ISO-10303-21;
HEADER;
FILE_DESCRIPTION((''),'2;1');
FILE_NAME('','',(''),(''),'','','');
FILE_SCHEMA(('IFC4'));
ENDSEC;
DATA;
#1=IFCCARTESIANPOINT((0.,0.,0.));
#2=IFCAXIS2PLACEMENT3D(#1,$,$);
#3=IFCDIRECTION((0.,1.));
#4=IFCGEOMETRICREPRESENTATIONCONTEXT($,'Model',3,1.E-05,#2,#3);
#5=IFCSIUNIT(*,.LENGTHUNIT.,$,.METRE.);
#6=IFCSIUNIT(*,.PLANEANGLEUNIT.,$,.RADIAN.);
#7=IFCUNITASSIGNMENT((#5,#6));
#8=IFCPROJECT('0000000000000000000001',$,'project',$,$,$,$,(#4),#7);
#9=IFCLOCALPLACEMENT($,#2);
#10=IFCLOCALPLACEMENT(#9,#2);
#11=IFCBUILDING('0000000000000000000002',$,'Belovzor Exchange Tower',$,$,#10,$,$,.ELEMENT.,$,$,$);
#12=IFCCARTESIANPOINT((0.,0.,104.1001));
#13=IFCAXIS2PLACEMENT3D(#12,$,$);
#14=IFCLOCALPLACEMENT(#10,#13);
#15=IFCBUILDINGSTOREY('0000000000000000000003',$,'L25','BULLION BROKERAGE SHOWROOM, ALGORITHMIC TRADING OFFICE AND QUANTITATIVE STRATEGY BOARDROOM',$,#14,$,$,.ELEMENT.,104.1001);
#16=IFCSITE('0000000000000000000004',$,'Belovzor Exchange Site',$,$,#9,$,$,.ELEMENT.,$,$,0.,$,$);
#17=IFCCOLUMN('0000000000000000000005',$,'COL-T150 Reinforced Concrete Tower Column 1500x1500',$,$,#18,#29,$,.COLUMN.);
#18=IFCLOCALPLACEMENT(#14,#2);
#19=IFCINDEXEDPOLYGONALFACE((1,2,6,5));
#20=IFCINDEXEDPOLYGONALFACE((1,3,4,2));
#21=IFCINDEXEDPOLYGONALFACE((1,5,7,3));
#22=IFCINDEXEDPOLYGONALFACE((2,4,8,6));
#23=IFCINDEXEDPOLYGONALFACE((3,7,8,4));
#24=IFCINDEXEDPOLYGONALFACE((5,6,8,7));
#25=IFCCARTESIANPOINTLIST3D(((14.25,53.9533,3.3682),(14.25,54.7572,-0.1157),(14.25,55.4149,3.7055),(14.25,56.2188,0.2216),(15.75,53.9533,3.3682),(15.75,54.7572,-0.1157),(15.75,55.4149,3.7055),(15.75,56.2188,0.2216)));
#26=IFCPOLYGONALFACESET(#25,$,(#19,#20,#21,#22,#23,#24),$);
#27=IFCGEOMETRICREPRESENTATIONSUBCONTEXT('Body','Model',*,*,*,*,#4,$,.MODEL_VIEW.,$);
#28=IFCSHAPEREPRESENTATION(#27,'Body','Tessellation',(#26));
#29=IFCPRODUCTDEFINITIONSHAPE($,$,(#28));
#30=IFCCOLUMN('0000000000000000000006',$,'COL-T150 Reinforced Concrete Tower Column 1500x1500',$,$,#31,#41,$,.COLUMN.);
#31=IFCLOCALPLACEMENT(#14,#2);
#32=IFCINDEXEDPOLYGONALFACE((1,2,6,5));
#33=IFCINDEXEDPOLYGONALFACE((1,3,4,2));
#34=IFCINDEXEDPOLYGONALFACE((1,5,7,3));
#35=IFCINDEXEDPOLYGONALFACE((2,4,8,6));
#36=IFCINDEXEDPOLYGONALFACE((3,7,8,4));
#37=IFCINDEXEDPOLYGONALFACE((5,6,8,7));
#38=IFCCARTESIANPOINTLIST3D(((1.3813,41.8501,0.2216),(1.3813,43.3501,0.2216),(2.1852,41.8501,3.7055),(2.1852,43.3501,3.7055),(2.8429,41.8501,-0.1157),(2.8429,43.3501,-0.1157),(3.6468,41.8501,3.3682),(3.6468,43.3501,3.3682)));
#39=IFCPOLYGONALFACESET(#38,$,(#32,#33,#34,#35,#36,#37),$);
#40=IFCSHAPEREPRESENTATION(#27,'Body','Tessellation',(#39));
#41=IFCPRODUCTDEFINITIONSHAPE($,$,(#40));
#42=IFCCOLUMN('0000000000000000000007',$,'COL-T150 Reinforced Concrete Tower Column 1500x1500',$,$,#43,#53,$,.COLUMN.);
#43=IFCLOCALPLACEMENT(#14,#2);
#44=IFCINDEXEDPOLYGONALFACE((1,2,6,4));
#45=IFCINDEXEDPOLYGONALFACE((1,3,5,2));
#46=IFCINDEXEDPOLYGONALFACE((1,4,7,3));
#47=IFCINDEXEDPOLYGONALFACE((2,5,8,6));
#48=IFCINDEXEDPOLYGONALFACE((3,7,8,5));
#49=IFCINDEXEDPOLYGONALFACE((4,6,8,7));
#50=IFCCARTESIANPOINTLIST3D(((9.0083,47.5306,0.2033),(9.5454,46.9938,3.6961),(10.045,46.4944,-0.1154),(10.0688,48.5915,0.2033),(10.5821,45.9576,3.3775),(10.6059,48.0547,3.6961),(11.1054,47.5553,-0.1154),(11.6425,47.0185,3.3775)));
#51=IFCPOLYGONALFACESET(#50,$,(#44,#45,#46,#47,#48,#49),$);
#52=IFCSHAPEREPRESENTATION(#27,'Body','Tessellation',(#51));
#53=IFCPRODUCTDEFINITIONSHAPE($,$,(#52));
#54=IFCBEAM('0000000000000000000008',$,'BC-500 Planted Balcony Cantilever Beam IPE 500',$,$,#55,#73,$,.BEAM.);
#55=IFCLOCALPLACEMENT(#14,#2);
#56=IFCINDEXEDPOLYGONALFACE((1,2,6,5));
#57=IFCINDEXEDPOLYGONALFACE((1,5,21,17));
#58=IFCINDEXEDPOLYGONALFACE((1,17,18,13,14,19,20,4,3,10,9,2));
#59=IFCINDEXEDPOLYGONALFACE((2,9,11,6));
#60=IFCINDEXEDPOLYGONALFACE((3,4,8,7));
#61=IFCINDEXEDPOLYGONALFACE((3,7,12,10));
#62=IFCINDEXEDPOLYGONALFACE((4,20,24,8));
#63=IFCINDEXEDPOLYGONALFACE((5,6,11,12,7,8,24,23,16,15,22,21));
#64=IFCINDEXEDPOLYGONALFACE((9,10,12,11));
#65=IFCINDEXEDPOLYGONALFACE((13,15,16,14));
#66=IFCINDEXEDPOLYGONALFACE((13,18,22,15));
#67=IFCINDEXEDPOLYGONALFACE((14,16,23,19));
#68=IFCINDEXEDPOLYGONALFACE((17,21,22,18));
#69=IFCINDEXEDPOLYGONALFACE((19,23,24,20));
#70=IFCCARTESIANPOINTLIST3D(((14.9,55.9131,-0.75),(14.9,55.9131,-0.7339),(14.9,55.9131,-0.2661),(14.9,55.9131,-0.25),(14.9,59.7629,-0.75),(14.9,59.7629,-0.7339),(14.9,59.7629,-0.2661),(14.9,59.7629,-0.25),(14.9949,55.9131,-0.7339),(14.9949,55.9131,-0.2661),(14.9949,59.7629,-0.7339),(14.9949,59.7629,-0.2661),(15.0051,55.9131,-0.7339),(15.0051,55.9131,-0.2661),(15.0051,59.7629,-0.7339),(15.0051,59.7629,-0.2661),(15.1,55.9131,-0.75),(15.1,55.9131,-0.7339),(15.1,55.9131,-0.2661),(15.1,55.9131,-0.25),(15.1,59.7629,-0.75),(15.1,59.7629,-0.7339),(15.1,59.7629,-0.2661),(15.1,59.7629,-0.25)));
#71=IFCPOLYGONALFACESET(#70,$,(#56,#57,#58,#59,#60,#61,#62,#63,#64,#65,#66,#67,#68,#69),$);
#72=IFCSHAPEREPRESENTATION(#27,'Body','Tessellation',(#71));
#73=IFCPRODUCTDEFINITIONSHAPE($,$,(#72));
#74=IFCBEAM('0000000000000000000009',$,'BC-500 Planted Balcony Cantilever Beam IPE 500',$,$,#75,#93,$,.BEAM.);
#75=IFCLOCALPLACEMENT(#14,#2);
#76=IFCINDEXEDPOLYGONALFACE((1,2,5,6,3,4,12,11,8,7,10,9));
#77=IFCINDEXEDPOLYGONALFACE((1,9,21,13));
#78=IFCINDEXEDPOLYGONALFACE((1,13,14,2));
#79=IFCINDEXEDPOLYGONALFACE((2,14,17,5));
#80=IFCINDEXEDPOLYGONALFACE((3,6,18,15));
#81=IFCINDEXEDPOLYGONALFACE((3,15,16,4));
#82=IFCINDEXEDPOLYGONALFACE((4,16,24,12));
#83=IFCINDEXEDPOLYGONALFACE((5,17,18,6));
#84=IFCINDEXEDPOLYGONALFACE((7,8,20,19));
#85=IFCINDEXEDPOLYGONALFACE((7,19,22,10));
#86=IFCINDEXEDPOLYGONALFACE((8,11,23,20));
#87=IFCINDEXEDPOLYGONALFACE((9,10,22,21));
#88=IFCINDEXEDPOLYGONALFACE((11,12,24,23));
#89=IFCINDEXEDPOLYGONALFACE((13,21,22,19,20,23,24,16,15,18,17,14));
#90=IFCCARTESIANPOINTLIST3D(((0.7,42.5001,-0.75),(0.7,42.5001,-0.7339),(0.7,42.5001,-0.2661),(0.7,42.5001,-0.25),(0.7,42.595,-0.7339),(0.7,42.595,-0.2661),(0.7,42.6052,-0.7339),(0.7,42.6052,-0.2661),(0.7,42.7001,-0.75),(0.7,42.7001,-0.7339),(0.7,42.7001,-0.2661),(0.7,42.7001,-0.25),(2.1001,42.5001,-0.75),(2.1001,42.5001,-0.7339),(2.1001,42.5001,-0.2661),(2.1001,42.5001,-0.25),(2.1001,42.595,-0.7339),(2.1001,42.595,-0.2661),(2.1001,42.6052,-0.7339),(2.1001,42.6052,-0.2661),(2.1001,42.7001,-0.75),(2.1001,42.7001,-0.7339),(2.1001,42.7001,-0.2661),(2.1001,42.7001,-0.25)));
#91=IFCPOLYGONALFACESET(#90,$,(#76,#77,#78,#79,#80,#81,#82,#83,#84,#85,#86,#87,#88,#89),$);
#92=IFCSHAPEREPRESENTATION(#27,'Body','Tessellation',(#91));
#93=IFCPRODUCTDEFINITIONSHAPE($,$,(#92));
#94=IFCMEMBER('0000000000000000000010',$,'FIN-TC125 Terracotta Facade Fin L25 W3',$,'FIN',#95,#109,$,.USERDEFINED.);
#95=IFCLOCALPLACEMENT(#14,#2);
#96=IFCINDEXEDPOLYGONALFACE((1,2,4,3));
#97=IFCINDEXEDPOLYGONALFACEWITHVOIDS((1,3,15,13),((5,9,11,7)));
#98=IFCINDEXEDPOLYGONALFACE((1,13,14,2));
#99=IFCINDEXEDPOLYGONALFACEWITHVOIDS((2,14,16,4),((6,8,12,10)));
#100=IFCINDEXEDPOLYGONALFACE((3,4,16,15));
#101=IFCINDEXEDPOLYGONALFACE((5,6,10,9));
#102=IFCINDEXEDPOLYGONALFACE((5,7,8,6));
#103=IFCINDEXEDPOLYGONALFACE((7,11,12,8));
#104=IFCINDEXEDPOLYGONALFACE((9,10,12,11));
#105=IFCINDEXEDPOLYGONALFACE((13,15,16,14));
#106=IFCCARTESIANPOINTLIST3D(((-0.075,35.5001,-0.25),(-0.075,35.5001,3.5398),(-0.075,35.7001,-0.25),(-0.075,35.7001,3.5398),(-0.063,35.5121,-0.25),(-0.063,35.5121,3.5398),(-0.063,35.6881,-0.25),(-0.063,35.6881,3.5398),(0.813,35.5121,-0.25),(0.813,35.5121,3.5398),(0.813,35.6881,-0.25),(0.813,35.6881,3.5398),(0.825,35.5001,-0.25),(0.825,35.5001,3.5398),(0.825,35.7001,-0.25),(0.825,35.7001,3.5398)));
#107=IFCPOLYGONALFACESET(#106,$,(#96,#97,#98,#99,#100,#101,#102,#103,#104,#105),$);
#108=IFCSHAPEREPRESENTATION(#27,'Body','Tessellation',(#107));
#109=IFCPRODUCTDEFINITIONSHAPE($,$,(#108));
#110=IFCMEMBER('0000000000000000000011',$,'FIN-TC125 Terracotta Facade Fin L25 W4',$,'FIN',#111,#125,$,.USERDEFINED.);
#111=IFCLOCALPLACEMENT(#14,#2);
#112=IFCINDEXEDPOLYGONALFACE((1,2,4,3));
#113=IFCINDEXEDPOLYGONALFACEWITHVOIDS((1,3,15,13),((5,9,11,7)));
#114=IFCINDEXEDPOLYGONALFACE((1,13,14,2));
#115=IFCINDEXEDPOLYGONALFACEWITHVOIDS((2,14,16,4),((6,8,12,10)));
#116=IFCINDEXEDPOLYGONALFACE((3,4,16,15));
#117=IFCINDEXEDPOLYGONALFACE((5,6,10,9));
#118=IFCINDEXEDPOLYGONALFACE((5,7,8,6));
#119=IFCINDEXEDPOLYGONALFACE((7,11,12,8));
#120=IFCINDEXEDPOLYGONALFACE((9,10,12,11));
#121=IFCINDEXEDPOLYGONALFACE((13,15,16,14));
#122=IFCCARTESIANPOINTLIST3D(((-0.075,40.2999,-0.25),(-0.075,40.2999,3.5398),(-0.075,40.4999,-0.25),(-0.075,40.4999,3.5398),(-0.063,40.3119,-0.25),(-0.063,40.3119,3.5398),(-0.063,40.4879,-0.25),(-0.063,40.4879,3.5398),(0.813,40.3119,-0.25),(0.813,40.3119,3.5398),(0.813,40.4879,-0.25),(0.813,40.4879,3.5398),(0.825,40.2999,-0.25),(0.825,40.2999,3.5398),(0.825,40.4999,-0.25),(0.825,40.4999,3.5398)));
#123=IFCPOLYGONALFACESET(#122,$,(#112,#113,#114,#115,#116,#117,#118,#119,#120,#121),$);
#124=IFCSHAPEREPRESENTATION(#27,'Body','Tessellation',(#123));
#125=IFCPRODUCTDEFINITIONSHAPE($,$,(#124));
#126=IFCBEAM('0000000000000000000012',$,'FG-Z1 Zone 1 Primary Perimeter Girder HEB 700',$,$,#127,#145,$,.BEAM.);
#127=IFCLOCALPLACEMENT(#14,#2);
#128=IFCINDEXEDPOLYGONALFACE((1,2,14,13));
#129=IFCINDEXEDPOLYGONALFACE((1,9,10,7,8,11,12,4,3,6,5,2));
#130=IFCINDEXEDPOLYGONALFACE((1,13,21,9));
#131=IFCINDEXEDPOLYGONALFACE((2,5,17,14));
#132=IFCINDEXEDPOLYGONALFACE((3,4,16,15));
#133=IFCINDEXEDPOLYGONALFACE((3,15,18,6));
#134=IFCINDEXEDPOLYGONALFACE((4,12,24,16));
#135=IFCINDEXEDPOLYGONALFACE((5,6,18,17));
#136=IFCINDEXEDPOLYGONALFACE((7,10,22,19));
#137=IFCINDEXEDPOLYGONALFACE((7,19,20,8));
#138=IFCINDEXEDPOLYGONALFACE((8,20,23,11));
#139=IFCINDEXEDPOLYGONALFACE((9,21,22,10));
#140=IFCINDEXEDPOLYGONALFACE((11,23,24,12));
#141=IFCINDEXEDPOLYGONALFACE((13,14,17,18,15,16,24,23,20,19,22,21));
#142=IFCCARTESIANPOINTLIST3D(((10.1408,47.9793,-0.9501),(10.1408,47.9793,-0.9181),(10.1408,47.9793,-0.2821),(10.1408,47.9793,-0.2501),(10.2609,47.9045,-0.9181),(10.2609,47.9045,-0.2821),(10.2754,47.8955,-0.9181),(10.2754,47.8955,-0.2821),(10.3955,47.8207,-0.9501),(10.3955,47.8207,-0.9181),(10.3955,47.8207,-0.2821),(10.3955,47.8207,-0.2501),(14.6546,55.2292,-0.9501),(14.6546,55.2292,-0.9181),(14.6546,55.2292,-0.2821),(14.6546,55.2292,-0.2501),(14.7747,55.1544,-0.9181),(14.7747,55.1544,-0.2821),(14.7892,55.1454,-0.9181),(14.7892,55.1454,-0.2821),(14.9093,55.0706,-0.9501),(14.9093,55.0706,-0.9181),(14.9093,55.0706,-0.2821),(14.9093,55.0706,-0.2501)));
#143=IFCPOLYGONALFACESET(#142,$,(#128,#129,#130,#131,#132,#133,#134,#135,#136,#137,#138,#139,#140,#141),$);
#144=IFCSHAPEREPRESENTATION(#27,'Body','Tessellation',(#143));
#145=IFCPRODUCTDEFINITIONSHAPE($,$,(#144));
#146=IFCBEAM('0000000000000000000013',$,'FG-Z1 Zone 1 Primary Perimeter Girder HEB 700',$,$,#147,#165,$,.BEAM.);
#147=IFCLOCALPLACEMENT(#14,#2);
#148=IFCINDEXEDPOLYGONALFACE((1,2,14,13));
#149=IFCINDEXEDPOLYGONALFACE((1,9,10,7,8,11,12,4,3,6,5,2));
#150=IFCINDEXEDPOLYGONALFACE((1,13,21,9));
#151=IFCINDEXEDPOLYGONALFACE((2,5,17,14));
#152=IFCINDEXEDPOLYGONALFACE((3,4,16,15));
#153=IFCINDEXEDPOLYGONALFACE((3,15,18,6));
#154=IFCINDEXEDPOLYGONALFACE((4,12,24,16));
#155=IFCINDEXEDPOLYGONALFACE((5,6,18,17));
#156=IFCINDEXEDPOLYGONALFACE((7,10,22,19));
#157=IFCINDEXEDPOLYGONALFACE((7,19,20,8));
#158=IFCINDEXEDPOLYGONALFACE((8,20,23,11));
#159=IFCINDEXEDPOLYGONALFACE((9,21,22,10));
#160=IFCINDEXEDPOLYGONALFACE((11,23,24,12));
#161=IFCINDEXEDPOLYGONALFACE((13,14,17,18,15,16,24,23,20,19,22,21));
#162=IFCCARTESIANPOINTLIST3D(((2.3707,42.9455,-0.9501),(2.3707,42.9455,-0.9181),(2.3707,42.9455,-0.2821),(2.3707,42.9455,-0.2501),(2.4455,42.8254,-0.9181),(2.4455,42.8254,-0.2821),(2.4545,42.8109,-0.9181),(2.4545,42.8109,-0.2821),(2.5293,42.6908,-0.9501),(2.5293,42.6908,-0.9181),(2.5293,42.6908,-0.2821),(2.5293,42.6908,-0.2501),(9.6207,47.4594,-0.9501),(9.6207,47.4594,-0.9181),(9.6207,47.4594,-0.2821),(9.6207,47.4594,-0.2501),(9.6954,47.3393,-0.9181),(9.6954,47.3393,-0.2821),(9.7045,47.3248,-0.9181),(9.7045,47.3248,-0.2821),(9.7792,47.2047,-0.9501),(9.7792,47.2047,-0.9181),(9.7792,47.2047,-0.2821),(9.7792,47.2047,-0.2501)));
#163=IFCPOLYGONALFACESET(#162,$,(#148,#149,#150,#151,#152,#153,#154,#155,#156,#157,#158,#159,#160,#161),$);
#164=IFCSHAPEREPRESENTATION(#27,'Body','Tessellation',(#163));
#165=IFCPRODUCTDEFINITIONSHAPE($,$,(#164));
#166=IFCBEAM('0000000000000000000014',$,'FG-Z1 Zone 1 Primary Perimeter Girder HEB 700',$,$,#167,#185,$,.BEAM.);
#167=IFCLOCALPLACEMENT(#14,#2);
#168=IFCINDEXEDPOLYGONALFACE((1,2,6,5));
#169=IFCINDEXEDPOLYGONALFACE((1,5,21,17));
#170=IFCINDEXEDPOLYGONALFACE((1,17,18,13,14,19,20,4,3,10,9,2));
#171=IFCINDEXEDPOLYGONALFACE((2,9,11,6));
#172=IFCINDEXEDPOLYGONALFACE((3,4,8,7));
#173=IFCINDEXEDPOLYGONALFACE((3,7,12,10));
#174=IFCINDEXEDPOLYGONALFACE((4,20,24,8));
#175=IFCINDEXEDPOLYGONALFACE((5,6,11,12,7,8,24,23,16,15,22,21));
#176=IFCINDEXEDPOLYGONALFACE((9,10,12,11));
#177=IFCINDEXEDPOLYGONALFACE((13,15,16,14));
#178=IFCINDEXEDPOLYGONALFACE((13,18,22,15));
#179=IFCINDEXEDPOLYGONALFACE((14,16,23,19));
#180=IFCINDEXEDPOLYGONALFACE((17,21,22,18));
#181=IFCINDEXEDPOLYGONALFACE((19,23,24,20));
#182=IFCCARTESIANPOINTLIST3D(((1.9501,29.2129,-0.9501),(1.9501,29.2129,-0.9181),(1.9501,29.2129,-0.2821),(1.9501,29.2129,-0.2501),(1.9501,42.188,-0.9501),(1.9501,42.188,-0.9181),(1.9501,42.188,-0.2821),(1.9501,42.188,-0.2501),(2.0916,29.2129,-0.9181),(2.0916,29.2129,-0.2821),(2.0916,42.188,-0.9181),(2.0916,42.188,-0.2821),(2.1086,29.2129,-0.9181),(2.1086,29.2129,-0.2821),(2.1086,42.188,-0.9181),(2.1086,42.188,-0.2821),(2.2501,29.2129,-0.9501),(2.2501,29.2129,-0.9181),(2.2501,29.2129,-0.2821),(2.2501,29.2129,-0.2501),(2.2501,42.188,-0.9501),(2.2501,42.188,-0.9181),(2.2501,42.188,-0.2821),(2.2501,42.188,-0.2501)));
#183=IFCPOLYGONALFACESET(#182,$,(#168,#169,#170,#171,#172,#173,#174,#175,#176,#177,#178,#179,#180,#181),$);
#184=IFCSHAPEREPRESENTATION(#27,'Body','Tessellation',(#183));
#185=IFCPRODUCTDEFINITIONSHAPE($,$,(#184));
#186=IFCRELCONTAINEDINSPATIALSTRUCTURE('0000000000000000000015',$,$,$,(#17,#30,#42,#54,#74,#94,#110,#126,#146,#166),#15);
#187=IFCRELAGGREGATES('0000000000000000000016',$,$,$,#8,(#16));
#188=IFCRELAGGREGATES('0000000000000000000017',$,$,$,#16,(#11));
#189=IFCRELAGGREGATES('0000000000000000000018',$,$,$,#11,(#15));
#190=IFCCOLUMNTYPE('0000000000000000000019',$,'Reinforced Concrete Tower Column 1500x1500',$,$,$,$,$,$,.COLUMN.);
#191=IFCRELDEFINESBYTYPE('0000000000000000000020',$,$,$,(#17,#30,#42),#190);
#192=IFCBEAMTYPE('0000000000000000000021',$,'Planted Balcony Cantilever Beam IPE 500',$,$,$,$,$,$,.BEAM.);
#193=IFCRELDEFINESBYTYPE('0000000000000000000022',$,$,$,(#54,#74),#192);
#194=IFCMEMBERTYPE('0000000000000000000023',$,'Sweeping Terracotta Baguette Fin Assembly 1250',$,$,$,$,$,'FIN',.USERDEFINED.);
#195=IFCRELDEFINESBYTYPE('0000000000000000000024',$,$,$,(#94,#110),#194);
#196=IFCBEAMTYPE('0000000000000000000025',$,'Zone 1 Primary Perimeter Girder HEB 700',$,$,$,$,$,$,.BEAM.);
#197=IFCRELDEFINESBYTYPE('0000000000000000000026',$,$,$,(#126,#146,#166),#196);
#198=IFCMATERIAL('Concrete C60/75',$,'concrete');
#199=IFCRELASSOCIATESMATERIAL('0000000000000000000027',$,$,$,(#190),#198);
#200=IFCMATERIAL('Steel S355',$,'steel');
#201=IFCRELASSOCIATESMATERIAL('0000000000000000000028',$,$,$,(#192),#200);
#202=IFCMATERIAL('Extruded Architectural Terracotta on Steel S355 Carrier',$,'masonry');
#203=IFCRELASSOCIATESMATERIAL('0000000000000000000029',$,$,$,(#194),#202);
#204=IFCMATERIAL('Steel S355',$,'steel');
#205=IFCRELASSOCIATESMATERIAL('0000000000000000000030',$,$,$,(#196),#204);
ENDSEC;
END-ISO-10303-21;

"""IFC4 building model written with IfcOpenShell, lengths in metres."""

from ifc_helpers import new_model, si_unit, direction, frame, origin, origin_2d, place, context, subcontext, project, spatial, rectangle, hollow_rectangle, i_section, extrude, material, material_profile, profile_set, type_object, element, save


model = new_model("IFC4")

# Units and contexts
model_context = context("Model", 3, precision=1e-05, world=origin(), true_north=direction((0.0, 1.0)))
body_context = subcontext(model_context, "Body", "Model", "MODEL_VIEW")
ifc_project = project(units=[si_unit("LENGTHUNIT", "METRE"), si_unit("PLANEANGLEUNIT", "RADIAN")], contexts=[model_context])

# Site, building, storey
site_placement = place(None, origin())
site = spatial("IfcSite", under=ifc_project, at=site_placement, Name="Belovzor Exchange Site", CompositionType="ELEMENT", RefElevation=0.0)
building_placement = place(site_placement, origin())
building = spatial("IfcBuilding", under=site, at=building_placement, Name="Belovzor Exchange Tower", CompositionType="ELEMENT")
storey_placement = place(building_placement, frame((0.0, 0.0, 104.1001)))
storey = spatial("IfcBuildingStorey", under=building, at=storey_placement, Name="L25", Description="BULLION BROKERAGE SHOWROOM, ALGORITHMIC TRADING OFFICE AND QUANTITATIVE STRATEGY BOARDROOM", CompositionType="ELEMENT", Elevation=104.1001)

# Columns
ifc_material_1 = material(Name="Concrete C60/75", Category="concrete")
ifc_material_profile_1 = material_profile(ifc_material_1, rectangle(XDim=1.5, YDim=1.5, at=origin_2d()))
ifc_profile_set_1 = profile_set([ifc_material_profile_1], Name="Concrete C60/75")
column_type = type_object("IfcColumnType", Name="Reinforced Concrete Tower Column 1500x1500", PredefinedType="COLUMN", material=ifc_profile_set_1)
for number, where, z_axis, x_axis, name in (
    (1, (15.0, 55.488, 0.053), (0.0, -0.224855, 0.974392), (1.0, 0.0, 0.0), "COL-T150 Reinforced Concrete Tower Column 1500x1500"),
    (2, (2.1121, 42.6001, 0.053), (0.224855, 0.0, 0.974392), (0.0, 1.0, 0.0), "COL-T150 Reinforced Concrete Tower Column 1500x1500"),
):
    element("IfcColumn", number, at=place(storey_placement, frame(where, z_axis=z_axis, x_axis=x_axis)), inside=storey, type_object=column_type, Name=name, PredefinedType="COLUMN", context=body_context, shape_type="SweptSolid", body=[
        extrude(rectangle(XDim=1.5, YDim=1.5, at=origin_2d()), origin(), (0.0, 0.0, 1.0), 3.5754),
    ])
column_placement = place(storey_placement, frame((10.0569, 47.543, 0.0439), z_axis=(0.150261, -0.150192, 0.977171), x_axis=(0.706946, 0.707268, 0.0)))
element("IfcColumn", 3, at=column_placement, inside=storey, type_object=column_type, Name="COL-T150 Reinforced Concrete Tower Column 1500x1500", PredefinedType="COLUMN", context=body_context, shape_type="SweptSolid", body=[
    extrude(rectangle(XDim=1.5, YDim=1.5, at=origin_2d()), origin(), (0.0, 0.0, 1.0), 3.5745),
])

# Beams
ifc_material_2 = material(Name="Steel S355", Category="steel")
ifc_material_profile_2 = material_profile(ifc_material_2, i_section(OverallWidth=0.2, OverallDepth=0.5, WebThickness=0.0103, FlangeThickness=0.0161, at=origin_2d()))
ifc_profile_set_2 = profile_set([ifc_material_profile_2], Name="Steel S355")
beam_type_1 = type_object("IfcBeamType", Name="Planted Balcony Cantilever Beam IPE 500", PredefinedType="BEAM", material=ifc_profile_set_2)
beam_1_placement = place(storey_placement, frame((15.0, 55.9131, -0.5), z_axis=(0.0, 1.0, 0.0), x_axis=(-1.0, 0.0, 0.0)))
element("IfcBeam", 4, at=beam_1_placement, inside=storey, type_object=beam_type_1, Name="BC-500 Planted Balcony Cantilever Beam IPE 500", PredefinedType="BEAM", context=body_context, shape_type="SweptSolid", body=[
    extrude(i_section(OverallWidth=0.2, OverallDepth=0.5, WebThickness=0.0103, FlangeThickness=0.0161, at=origin_2d()), origin(), (0.0, 0.0, 1.0), 3.8499),
])
beam_2_placement = place(storey_placement, frame((2.1001, 42.6001, -0.5), z_axis=(-1.0, 0.0, 0.0), x_axis=(0.0, -1.0, 0.0)))
element("IfcBeam", 5, at=beam_2_placement, inside=storey, type_object=beam_type_1, Name="BC-500 Planted Balcony Cantilever Beam IPE 500", PredefinedType="BEAM", context=body_context, shape_type="SweptSolid", body=[
    extrude(i_section(OverallWidth=0.2, OverallDepth=0.5, WebThickness=0.0103, FlangeThickness=0.0161, at=origin_2d()), origin(), (0.0, 0.0, 1.0), 1.4001),
])

# Members
ifc_material_3 = material(Name="Extruded Architectural Terracotta on Steel S355 Carrier", Category="masonry")
ifc_material_profile_3 = material_profile(ifc_material_3, hollow_rectangle(XDim=0.2, YDim=0.8999, WallThickness=0.012, at=origin_2d()))
ifc_profile_set_3 = profile_set([ifc_material_profile_3], Name="Extruded Architectural Terracotta on Steel S355 Carrier")
member_type = type_object("IfcMemberType", Name="Sweeping Terracotta Baguette Fin Assembly 1250", ElementType="FIN", PredefinedType="USERDEFINED", material=ifc_profile_set_3)
for number, where, z_axis, x_axis, name in (
    (6, (0.375, 35.6001, -0.25), (0.0, 0.0, 1.0), (0.0, 1.0, 0.0), "FIN-TC125 Terracotta Facade Fin L25 W3"),
    (7, (0.375, 40.3999, -0.25), (0.0, 0.0, 1.0), (0.0, 1.0, 0.0), "FIN-TC125 Terracotta Facade Fin L25 W4"),
):
    element("IfcMember", number, at=place(storey_placement, frame(where, z_axis=z_axis, x_axis=x_axis)), inside=storey, type_object=member_type, Name=name, ObjectType="FIN", PredefinedType="USERDEFINED", context=body_context, shape_type="SweptSolid", body=[
        extrude(hollow_rectangle(XDim=0.2, YDim=0.8999, WallThickness=0.012, at=origin_2d()), origin(), (0.0, 0.0, 1.0), 3.7898),
    ])

# Beams
ifc_material_4 = material(Name="Steel S355", Category="steel")
ifc_material_profile_4 = material_profile(ifc_material_4, i_section(OverallWidth=0.3, OverallDepth=0.7, WebThickness=0.0171, FlangeThickness=0.032, at=origin_2d()))
ifc_profile_set_4 = profile_set([ifc_material_profile_4], Name="Steel S355")
beam_type_2 = type_object("IfcBeamType", Name="Zone 1 Primary Perimeter Girder HEB 700", PredefinedType="BEAM", material=ifc_profile_set_4)
for number, where, z_axis, x_axis, name in (
    (8, (14.782, 55.1499, -0.6001), (-0.528539, -0.848909, 0.0), (0.848909, -0.528539, 0.0), "FG-Z1 Zone 1 Primary Perimeter Girder HEB 700"),
    (9, (9.7, 47.332, -0.6001), (-0.848909, -0.528539, 0.0), (0.528539, -0.848909, 0.0), "FG-Z1 Zone 1 Primary Perimeter Girder HEB 700"),
):
    element("IfcBeam", number, at=place(storey_placement, frame(where, z_axis=z_axis, x_axis=x_axis)), inside=storey, type_object=beam_type_2, Name=name, PredefinedType="BEAM", context=body_context, shape_type="SweptSolid", body=[
        extrude(i_section(OverallWidth=0.3, OverallDepth=0.7, WebThickness=0.0171, FlangeThickness=0.032, at=origin_2d()), origin(), (0.0, 0.0, 1.0), 8.5403),
    ])
beam_3_placement = place(storey_placement, frame((2.1001, 42.188, -0.6001), z_axis=(0.0, -1.0, 0.0), x_axis=(1.0, 0.0, 0.0)))
element("IfcBeam", 10, at=beam_3_placement, inside=storey, type_object=beam_type_2, Name="FG-Z1 Zone 1 Primary Perimeter Girder HEB 700", PredefinedType="BEAM", context=body_context, shape_type="SweptSolid", body=[
    extrude(i_section(OverallWidth=0.3, OverallDepth=0.7, WebThickness=0.0171, FlangeThickness=0.032, at=origin_2d()), origin(), (0.0, 0.0, 1.0), 12.9751),
])

save(model, "model.ifc")
